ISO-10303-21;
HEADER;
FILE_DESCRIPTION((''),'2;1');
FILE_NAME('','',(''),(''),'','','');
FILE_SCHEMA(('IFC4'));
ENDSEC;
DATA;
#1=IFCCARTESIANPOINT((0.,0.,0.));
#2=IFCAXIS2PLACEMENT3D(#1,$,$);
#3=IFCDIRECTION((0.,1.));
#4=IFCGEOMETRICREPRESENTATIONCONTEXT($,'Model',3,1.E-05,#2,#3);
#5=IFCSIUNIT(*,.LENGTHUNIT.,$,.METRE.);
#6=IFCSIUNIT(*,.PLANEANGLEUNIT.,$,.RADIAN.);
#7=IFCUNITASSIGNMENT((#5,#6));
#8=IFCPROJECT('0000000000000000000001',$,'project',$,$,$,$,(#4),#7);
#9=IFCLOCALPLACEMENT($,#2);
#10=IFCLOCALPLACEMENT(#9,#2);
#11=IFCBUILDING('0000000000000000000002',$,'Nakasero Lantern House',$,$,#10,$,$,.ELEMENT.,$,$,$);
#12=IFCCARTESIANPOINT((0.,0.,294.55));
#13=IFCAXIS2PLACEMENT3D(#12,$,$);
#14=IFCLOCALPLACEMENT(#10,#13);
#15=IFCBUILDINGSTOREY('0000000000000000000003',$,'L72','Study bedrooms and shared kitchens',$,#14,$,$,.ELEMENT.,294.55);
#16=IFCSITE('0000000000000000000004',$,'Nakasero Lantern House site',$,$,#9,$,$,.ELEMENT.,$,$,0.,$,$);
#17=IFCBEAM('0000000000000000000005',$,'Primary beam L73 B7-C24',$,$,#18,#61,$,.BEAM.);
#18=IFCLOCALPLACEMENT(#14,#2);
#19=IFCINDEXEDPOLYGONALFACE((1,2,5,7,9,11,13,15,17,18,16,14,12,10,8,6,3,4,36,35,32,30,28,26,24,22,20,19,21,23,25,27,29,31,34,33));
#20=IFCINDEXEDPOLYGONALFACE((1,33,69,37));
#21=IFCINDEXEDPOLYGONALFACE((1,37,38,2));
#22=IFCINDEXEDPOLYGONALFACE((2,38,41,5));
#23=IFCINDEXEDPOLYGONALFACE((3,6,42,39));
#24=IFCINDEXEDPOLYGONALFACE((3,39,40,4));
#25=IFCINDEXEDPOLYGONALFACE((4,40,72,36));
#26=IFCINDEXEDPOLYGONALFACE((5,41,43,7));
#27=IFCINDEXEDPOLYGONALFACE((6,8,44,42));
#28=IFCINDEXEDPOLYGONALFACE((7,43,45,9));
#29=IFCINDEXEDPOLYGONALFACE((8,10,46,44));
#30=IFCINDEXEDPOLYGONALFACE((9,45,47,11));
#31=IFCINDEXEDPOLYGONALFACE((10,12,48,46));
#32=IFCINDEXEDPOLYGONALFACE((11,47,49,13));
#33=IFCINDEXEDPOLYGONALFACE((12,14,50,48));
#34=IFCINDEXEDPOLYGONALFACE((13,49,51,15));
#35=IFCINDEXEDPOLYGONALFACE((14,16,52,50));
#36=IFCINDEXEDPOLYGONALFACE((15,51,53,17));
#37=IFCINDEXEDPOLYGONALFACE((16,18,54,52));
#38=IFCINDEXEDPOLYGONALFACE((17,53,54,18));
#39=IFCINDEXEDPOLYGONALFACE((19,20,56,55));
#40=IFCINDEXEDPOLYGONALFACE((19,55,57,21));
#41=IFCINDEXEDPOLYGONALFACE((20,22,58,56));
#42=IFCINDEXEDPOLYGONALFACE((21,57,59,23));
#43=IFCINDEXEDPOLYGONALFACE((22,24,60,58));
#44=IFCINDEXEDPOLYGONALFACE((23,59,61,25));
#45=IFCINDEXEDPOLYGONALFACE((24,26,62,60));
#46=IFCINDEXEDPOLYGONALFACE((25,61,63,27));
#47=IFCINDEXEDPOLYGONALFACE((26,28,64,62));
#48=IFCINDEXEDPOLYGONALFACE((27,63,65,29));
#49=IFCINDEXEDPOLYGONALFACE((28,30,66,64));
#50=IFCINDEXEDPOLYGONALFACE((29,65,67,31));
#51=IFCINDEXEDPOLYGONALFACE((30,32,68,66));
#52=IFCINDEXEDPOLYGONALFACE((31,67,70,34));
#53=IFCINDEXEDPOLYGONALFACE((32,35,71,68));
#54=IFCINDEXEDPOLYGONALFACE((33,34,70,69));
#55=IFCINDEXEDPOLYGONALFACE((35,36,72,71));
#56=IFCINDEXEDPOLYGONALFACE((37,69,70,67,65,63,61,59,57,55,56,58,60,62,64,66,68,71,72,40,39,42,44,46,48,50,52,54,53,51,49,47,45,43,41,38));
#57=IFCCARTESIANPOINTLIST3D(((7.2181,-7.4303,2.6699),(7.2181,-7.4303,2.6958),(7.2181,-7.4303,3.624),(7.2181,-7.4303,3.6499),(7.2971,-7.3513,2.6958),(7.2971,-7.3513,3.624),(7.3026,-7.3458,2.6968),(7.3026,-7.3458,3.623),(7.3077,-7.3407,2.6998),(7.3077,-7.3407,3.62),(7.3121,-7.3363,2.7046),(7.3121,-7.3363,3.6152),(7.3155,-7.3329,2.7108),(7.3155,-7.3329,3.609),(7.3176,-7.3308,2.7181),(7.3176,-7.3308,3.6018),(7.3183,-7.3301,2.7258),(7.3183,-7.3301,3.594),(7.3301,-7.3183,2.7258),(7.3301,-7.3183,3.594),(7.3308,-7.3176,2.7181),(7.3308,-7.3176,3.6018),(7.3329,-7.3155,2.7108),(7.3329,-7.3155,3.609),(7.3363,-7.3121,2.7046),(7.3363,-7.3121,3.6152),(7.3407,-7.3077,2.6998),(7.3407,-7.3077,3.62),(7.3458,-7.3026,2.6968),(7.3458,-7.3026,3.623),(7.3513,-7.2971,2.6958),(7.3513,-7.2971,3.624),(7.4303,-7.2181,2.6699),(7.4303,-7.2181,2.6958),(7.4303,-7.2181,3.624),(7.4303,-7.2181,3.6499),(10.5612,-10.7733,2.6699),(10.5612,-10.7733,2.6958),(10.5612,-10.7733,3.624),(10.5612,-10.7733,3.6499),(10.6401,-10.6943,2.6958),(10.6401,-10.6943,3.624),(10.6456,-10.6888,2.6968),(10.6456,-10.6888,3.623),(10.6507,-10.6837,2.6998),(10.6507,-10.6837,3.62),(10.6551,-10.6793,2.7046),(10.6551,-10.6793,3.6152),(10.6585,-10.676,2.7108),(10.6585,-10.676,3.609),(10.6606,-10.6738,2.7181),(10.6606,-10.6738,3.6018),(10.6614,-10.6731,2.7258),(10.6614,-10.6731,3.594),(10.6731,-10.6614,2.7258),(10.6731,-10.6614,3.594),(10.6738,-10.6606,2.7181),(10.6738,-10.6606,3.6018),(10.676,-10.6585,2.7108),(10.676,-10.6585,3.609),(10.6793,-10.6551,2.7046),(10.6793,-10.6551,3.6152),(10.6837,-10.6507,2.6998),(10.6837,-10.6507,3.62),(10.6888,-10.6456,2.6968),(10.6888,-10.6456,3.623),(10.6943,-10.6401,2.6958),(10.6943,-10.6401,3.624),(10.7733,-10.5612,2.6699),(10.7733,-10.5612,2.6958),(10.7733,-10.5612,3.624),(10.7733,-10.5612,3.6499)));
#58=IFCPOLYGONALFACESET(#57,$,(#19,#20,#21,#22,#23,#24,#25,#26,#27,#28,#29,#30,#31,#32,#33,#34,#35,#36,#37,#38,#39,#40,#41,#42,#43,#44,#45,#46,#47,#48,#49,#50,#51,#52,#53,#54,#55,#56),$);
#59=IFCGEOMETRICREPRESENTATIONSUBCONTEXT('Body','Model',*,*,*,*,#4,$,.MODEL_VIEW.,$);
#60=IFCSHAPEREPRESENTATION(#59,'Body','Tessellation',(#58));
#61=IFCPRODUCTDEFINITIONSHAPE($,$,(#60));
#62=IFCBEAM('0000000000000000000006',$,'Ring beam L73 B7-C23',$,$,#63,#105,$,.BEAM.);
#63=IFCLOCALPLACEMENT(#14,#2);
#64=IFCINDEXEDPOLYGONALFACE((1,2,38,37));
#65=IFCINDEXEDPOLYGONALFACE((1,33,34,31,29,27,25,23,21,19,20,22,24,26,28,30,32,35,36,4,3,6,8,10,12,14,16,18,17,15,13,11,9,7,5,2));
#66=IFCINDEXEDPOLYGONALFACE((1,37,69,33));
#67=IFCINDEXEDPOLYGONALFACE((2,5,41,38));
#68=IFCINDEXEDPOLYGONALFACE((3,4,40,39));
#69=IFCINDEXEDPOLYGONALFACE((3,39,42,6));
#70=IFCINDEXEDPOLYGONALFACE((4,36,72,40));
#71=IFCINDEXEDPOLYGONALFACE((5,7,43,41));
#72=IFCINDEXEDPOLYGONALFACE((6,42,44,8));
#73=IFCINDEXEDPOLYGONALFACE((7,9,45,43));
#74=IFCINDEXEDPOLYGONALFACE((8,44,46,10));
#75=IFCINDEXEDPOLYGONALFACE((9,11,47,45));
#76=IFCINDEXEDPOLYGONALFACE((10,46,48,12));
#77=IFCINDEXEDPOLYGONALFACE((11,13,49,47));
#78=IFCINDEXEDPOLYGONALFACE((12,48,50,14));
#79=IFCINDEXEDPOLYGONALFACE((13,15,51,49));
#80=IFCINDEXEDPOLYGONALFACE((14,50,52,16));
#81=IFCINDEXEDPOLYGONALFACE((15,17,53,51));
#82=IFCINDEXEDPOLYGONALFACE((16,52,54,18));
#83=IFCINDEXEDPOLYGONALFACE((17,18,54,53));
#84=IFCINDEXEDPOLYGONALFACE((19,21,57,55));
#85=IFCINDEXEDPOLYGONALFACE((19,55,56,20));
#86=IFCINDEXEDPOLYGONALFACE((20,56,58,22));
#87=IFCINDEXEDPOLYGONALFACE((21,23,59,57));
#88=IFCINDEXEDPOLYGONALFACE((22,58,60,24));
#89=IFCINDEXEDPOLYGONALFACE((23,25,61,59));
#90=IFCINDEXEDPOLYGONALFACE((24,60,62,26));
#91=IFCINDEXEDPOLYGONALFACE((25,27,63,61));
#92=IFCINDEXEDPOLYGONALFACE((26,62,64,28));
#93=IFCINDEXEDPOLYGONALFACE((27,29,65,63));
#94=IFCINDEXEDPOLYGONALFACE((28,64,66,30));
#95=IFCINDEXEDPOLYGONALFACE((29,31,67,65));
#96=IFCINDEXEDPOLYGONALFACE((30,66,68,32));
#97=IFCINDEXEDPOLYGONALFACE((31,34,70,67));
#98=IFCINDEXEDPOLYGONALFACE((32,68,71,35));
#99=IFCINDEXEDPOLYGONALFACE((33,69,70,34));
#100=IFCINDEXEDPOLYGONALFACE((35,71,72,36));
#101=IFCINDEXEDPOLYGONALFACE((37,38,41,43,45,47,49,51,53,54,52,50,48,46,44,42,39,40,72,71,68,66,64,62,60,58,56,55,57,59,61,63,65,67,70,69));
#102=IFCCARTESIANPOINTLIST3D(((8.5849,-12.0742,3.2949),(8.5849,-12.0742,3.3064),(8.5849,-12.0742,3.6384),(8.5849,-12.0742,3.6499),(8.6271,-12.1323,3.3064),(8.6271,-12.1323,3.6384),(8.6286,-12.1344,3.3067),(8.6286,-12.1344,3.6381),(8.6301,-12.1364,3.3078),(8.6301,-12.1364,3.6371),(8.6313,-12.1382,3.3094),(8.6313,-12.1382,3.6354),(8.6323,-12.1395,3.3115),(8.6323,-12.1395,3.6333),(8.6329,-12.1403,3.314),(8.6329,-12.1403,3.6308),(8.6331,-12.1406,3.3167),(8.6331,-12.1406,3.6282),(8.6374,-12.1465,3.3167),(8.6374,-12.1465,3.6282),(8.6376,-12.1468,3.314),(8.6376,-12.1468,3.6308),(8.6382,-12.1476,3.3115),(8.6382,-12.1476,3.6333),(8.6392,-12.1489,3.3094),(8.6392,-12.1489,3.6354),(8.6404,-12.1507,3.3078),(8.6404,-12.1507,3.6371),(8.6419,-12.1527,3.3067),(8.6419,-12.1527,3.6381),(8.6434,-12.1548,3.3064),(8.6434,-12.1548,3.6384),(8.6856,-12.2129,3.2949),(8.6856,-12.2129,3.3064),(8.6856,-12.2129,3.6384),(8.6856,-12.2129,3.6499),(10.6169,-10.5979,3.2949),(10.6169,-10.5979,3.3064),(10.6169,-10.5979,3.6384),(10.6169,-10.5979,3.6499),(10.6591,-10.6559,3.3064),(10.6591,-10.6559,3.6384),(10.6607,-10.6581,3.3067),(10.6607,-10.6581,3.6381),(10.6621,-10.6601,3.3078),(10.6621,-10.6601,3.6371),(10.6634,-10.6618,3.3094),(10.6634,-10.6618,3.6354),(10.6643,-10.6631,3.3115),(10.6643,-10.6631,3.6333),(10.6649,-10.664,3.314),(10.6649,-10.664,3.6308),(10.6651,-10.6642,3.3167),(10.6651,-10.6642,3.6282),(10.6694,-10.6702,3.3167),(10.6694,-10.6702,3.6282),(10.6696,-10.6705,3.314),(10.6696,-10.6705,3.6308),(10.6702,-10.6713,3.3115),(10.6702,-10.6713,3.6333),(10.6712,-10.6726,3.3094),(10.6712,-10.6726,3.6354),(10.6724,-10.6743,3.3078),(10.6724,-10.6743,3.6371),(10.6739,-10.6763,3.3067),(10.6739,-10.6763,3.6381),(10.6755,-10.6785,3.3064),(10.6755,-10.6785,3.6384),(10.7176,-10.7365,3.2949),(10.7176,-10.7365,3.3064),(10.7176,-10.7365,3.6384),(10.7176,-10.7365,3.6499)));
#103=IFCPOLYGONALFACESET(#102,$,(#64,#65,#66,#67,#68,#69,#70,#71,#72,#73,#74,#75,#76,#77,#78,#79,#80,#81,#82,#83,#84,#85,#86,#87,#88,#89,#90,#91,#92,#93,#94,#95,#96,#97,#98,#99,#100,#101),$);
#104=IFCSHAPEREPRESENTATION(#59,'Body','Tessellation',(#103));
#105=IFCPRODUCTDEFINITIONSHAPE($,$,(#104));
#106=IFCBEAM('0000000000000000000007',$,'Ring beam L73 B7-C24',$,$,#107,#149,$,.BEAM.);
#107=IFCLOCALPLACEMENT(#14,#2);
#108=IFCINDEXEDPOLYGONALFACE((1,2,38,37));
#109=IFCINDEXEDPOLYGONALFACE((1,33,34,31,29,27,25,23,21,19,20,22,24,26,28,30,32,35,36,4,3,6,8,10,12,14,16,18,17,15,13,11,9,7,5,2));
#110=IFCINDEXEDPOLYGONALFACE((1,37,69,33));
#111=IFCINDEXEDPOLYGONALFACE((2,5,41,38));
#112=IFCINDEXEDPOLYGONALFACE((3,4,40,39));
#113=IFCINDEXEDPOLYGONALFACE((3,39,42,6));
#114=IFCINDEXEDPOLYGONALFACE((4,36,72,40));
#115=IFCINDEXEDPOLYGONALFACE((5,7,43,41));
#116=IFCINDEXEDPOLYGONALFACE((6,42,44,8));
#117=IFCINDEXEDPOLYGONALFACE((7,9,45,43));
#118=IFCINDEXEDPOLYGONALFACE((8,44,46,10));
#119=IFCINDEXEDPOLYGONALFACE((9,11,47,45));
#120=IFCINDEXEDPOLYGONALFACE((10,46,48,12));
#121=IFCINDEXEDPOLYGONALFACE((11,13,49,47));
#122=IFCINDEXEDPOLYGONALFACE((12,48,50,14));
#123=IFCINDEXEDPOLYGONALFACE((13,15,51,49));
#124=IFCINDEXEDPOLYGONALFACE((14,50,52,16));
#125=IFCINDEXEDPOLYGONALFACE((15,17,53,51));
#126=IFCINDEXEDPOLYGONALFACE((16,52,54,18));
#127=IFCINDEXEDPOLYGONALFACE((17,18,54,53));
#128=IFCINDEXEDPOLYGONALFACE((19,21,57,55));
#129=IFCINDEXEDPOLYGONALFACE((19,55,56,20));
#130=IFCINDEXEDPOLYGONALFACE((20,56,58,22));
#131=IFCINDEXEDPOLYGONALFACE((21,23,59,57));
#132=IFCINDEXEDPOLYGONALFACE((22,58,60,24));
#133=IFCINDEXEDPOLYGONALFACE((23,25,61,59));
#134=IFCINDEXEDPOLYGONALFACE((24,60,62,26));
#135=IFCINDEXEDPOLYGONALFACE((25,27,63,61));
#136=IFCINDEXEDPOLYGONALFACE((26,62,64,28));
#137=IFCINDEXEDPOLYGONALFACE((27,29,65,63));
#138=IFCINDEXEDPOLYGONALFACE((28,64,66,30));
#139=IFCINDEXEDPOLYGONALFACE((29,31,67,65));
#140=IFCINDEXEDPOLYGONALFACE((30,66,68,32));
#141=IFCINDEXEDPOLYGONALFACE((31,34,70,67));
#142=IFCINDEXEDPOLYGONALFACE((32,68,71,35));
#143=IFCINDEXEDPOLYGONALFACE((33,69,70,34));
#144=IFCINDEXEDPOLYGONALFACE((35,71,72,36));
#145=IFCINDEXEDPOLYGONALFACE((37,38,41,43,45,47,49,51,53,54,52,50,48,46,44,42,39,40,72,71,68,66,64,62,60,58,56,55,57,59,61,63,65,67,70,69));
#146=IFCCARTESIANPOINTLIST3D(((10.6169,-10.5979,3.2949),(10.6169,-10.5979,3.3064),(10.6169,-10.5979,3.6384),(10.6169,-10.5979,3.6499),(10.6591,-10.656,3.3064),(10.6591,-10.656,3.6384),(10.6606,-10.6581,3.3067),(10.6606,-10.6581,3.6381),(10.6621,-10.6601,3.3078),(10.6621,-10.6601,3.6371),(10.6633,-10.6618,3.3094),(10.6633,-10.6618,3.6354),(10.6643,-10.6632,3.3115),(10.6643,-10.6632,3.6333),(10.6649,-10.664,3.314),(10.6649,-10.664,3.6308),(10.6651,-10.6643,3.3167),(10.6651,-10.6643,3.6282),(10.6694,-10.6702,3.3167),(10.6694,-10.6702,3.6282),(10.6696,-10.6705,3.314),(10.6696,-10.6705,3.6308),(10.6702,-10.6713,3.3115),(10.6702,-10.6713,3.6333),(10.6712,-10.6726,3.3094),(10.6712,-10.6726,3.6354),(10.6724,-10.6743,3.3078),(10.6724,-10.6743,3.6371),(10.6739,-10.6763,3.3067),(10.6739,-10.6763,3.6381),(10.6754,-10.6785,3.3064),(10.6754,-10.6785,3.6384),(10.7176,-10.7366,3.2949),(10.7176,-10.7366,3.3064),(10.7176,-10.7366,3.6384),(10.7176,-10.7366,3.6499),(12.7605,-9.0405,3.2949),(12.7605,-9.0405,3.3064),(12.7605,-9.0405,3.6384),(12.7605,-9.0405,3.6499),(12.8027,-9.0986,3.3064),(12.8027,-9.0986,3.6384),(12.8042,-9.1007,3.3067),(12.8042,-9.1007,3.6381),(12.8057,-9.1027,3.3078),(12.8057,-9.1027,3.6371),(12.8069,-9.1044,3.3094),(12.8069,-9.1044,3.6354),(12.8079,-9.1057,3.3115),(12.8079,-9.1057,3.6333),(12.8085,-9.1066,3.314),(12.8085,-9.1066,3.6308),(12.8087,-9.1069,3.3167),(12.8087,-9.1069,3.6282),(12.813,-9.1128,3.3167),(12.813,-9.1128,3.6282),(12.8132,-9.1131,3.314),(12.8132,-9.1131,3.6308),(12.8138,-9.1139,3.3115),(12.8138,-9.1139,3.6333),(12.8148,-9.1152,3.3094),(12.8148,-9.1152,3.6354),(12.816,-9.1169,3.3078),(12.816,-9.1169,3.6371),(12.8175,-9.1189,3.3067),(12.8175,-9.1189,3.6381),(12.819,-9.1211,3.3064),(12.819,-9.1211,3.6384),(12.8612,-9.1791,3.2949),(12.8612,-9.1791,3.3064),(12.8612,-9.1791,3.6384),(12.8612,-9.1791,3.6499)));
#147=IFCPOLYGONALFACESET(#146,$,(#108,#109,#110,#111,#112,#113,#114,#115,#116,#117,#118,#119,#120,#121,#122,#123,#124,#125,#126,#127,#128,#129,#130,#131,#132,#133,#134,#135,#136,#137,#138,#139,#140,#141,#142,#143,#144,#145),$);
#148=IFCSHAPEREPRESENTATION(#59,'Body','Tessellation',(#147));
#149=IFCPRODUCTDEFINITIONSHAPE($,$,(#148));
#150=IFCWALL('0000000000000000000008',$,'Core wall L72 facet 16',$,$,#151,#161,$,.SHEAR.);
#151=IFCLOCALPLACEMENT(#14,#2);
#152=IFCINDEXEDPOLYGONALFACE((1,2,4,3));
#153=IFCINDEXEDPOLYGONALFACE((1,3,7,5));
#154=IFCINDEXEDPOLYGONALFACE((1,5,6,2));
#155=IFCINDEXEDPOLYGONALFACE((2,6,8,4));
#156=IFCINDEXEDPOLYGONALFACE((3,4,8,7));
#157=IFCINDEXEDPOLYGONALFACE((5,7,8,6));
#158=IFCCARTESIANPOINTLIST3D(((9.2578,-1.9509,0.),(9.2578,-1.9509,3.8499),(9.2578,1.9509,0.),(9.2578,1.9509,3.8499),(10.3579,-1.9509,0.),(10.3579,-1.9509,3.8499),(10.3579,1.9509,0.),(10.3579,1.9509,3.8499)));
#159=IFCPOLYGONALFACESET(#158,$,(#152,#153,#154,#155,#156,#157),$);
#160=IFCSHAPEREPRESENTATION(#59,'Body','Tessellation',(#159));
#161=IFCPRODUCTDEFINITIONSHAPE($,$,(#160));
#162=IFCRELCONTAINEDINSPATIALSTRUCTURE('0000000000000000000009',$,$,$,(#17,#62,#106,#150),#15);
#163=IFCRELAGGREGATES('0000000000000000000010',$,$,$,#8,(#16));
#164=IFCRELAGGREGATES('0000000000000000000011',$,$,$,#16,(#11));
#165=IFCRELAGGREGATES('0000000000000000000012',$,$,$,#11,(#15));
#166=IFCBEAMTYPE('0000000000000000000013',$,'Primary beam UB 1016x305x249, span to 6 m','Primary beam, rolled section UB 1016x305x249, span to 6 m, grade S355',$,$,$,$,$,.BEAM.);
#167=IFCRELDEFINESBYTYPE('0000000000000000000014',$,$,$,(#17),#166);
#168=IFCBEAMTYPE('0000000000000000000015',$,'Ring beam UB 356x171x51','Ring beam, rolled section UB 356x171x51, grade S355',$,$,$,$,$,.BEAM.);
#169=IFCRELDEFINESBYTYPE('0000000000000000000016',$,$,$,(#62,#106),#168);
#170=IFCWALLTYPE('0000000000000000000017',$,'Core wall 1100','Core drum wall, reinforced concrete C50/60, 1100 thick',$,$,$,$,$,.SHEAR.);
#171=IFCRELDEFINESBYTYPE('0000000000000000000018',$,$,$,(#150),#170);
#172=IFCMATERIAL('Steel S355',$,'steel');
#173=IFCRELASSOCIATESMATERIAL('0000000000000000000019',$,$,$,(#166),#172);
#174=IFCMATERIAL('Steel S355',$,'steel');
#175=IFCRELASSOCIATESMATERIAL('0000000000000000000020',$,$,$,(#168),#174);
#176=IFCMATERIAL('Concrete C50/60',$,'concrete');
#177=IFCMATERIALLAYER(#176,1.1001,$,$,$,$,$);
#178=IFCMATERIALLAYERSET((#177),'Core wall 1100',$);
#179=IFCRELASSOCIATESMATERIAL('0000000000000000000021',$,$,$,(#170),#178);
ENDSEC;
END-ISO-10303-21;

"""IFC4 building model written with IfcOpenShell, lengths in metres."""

from ifc_helpers import new_model, si_unit, direction, frame, frame_2d, origin, origin_2d, place, context, subcontext, project, spatial, rectangle, i_section, extrude, material, layer, layer_set, material_profile, profile_set, type_object, element, save


model = new_model("IFC4")

# Units and contexts
model_context = context("Model", 3, precision=1e-05, world=origin(), true_north=direction((0.0, 1.0)))
body_context = subcontext(model_context, "Body", "Model", "MODEL_VIEW")
ifc_project = project(units=[si_unit("LENGTHUNIT", "METRE"), si_unit("PLANEANGLEUNIT", "RADIAN")], contexts=[model_context])

# Site, building, storey
site_placement = place(None, origin())
site = spatial("IfcSite", under=ifc_project, at=site_placement, Name="Nakasero Lantern House site", CompositionType="ELEMENT", RefElevation=0.0)
building_placement = place(site_placement, origin())
building = spatial("IfcBuilding", under=site, at=building_placement, Name="Nakasero Lantern House", CompositionType="ELEMENT")
storey_placement = place(building_placement, frame((0.0, 0.0, 294.55)))
storey = spatial("IfcBuildingStorey", under=building, at=storey_placement, Name="L72", Description="Study bedrooms and shared kitchens", CompositionType="ELEMENT", Elevation=294.55)

# Beams
ifc_material_1 = material(Name="Steel S355", Category="steel")
ifc_material_profile_1 = material_profile(ifc_material_1, i_section(OverallWidth=0.3, OverallDepth=0.98, WebThickness=0.0166, FlangeThickness=0.0259, FilletRadius=0.03, at=origin_2d()), Name="UB 1016x305x249")
ifc_profile_set_1 = profile_set([ifc_material_profile_1], Name="Steel S355")
beam_type_1 = type_object("IfcBeamType", Name="Primary beam UB 1016x305x249, span to 6 m", Description="Primary beam, rolled section UB 1016x305x249, span to 6 m, grade S355", PredefinedType="BEAM", material=ifc_profile_set_1)
beam_1_placement = place(storey_placement, frame((10.6672, -10.6672, 3.1599), z_axis=(-0.707107, 0.707107, 0.0), x_axis=(-0.707107, -0.707107, 0.0)))
element("IfcBeam", 1, at=beam_1_placement, inside=storey, type_object=beam_type_1, Name="Primary beam L73 B7-C24", PredefinedType="BEAM", context=body_context, shape_type="SweptSolid", body=[
    extrude(i_section(OverallWidth=0.3, OverallDepth=0.98, WebThickness=0.0166, FlangeThickness=0.0259, FilletRadius=0.03, at=origin_2d()), origin(), (0.0, 0.0, 1.0), 4.7278),
])
ifc_material_2 = material(Name="Steel S355", Category="steel")
ifc_material_profile_2 = material_profile(ifc_material_2, i_section(OverallWidth=0.1714, OverallDepth=0.355, WebThickness=0.0073, FlangeThickness=0.0115, FilletRadius=0.0103, at=origin_2d()), Name="UB 356x171x51")
ifc_profile_set_2 = profile_set([ifc_material_profile_2], Name="Steel S355")
beam_type_2 = type_object("IfcBeamType", Name="Ring beam UB 356x171x51", Description="Ring beam, rolled section UB 356x171x51, grade S355", PredefinedType="BEAM", material=ifc_profile_set_2)
beam_2_placement = place(storey_placement, frame((8.6353, -12.1436, 3.4724), z_axis=(0.809018, 0.587784, 0.0), x_axis=(-0.587784, 0.809018, 0.0)))
element("IfcBeam", 2, at=beam_2_placement, inside=storey, type_object=beam_type_2, Name="Ring beam L73 B7-C23", PredefinedType="BEAM", context=body_context, shape_type="SweptSolid", body=[
    extrude(i_section(OverallWidth=0.1714, OverallDepth=0.355, WebThickness=0.0073, FlangeThickness=0.0115, FilletRadius=0.0103, at=origin_2d()), origin(), (0.0, 0.0, 1.0), 2.5117),
])
beam_3_placement = place(storey_placement, frame((10.6672, -10.6672, 3.4724), z_axis=(0.809019, 0.587783, 0.0), x_axis=(-0.587783, 0.809019, 0.0)))
element("IfcBeam", 3, at=beam_3_placement, inside=storey, type_object=beam_type_2, Name="Ring beam L73 B7-C24", PredefinedType="BEAM", context=body_context, shape_type="SweptSolid", body=[
    extrude(i_section(OverallWidth=0.1714, OverallDepth=0.355, WebThickness=0.0073, FlangeThickness=0.0115, FilletRadius=0.0103, at=origin_2d()), origin(), (0.0, 0.0, 1.0), 2.6497),
])

# Wall
ifc_material_3 = material(Name="Concrete C50/60", Category="concrete")
ifc_layer_1 = layer(ifc_material_3, 1.1001)
ifc_layer_set_1 = layer_set([ifc_layer_1], Name="Core wall 1100")
wall_type_1 = type_object("IfcWallType", Name="Core wall 1100", Description="Core drum wall, reinforced concrete C50/60, 1100 thick", PredefinedType="SHEAR", material=ifc_layer_set_1)
wall_1_placement = place(storey_placement, frame((9.8079, -1.9509, 0.0), z_axis=(0.0, 0.0, 1.0), x_axis=(0.0, 1.0, 0.0)))
element("IfcWall", 4, at=wall_1_placement, inside=storey, type_object=wall_type_1, Name="Core wall L72 facet 16", PredefinedType="SHEAR", context=body_context, shape_type="SweptSolid", body=[
    extrude(rectangle(XDim=3.9019, YDim=1.1001, at=frame_2d((1.9509, 0.0))), origin(), (0.0, 0.0, 1.0), 3.8499),
])

save(model, "model.ifc")
